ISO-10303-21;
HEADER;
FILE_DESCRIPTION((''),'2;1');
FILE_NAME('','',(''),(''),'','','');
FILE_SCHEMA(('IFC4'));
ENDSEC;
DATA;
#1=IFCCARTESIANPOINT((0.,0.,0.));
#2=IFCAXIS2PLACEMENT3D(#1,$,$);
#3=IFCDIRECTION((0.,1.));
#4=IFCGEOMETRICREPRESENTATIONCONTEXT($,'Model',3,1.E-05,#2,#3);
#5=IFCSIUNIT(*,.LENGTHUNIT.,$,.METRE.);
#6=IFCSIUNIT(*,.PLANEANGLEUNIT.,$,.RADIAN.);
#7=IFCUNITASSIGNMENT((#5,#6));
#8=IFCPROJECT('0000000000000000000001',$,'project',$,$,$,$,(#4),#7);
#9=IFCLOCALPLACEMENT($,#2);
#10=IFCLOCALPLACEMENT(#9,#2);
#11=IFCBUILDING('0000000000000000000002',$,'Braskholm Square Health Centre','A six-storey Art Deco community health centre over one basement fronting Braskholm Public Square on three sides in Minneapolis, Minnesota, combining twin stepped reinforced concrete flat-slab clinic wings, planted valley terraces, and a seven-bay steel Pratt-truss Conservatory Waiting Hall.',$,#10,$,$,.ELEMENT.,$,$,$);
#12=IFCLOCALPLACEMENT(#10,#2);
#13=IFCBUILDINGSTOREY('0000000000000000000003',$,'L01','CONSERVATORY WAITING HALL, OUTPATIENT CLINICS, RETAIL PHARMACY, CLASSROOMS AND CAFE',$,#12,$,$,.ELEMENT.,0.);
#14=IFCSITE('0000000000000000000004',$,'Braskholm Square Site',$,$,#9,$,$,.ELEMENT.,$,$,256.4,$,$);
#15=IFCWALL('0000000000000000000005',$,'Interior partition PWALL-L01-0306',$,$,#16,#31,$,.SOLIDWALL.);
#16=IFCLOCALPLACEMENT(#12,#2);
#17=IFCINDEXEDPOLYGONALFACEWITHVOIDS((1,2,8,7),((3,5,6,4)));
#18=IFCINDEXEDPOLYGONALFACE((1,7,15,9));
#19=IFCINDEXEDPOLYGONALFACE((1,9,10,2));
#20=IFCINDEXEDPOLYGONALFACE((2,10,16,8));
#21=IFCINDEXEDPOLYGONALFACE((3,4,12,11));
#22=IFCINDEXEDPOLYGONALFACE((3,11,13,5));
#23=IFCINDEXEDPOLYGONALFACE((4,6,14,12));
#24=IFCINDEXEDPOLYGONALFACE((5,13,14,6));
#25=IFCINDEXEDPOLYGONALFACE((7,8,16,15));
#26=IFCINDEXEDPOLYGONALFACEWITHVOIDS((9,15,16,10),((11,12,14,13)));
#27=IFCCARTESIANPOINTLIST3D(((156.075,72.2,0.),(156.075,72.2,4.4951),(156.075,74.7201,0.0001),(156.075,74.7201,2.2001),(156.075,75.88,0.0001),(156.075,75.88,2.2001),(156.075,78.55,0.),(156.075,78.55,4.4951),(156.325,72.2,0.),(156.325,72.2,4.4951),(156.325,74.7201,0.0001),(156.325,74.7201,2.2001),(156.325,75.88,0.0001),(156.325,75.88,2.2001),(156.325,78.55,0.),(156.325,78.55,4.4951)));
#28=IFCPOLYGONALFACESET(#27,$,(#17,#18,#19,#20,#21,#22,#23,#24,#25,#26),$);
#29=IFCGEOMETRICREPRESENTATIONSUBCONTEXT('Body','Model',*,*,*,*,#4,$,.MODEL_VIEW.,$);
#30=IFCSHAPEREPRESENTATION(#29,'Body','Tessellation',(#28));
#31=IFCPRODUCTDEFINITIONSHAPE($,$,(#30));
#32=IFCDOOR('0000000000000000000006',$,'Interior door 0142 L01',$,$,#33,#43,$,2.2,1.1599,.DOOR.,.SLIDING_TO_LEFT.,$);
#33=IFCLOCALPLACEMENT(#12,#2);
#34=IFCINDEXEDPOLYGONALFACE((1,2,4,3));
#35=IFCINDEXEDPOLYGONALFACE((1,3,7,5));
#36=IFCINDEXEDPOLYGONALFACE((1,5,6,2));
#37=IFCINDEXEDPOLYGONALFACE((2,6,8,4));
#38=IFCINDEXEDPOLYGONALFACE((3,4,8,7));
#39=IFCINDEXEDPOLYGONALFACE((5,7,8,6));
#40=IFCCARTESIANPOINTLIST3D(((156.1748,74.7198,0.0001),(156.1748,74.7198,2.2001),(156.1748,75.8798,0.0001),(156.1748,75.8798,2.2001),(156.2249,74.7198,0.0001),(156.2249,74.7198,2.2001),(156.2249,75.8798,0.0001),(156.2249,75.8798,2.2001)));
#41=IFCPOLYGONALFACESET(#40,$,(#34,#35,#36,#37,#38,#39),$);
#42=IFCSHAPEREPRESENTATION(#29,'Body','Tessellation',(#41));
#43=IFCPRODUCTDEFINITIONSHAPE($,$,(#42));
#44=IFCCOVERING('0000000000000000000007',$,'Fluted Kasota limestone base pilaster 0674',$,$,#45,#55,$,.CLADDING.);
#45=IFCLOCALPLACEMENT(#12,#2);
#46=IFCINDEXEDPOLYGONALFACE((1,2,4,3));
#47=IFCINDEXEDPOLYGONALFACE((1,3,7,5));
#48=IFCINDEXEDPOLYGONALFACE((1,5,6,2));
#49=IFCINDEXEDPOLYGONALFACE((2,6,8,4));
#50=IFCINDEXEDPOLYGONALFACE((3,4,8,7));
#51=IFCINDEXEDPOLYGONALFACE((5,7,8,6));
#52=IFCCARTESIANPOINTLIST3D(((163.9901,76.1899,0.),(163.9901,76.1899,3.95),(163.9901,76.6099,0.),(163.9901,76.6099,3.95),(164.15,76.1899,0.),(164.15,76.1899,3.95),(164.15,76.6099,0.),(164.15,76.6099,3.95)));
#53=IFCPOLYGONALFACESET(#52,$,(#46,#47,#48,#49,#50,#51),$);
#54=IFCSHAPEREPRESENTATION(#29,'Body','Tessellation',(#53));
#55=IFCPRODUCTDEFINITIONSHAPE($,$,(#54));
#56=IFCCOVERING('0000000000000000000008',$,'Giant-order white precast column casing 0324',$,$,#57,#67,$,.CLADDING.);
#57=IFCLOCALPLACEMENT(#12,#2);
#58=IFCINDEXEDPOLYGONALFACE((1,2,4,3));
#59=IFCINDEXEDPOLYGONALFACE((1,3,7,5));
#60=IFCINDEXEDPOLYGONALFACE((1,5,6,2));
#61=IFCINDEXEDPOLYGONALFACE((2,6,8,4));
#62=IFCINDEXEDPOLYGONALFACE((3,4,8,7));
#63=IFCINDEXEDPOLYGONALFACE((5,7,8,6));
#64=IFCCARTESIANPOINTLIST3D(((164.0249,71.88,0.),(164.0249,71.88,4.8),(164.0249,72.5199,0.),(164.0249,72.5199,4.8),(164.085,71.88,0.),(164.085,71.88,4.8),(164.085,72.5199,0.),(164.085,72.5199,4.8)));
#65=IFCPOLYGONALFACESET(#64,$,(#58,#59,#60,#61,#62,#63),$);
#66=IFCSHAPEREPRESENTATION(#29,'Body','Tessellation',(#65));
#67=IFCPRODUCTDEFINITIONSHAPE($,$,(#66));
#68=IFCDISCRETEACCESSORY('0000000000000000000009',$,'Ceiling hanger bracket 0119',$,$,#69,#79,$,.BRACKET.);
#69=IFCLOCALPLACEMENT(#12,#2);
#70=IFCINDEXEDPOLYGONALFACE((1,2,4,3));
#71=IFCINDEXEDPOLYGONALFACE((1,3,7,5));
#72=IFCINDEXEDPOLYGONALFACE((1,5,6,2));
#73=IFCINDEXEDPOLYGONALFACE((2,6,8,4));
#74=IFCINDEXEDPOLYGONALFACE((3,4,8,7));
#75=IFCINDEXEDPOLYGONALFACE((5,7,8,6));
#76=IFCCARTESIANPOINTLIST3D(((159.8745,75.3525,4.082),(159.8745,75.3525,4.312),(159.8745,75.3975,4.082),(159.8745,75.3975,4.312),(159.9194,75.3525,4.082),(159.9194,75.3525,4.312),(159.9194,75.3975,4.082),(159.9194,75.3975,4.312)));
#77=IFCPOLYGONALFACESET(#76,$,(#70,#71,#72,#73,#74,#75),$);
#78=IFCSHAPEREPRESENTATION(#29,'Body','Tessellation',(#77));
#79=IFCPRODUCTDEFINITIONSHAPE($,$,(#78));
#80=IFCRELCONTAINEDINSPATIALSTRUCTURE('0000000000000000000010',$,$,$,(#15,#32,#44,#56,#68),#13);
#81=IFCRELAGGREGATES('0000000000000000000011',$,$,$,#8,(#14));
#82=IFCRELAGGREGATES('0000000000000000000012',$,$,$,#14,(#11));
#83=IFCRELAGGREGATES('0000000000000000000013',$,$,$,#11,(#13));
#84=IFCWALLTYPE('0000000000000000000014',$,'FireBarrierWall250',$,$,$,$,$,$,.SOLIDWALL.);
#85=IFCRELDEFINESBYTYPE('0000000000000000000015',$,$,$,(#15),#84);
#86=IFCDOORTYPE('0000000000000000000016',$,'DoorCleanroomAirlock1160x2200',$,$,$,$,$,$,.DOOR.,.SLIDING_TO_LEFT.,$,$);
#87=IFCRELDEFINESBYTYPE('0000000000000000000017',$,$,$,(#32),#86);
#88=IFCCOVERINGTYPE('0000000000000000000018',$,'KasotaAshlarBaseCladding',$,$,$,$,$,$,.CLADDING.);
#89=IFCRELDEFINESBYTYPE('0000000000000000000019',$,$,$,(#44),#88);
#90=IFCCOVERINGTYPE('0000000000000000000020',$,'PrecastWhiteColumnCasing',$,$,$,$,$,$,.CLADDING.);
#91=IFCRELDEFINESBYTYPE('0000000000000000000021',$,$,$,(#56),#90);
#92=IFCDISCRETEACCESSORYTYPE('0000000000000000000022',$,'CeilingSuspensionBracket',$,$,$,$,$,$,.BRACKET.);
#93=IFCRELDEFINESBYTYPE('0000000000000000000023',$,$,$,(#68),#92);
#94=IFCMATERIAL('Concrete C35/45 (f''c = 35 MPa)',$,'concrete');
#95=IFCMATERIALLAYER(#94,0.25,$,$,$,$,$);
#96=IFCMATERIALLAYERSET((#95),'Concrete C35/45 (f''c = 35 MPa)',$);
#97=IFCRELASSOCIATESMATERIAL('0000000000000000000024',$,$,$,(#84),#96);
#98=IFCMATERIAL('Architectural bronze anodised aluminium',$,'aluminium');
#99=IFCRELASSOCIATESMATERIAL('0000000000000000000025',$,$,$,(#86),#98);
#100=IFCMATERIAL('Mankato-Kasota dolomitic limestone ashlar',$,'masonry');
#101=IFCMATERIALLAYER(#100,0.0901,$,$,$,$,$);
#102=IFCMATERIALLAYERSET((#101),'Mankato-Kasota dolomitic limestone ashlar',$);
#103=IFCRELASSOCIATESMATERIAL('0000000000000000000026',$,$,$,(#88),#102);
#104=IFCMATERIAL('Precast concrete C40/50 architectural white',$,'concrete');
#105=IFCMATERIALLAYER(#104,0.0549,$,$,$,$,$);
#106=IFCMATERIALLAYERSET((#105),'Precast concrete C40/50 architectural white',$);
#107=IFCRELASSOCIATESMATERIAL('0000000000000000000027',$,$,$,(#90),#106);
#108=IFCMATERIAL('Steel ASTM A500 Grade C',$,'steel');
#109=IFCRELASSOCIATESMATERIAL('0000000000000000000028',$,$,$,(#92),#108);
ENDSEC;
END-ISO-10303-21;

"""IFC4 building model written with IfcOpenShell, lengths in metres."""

from ifc_helpers import new_model, si_unit, direction, frame, frame_2d, origin, origin_2d, place, context, subcontext, project, spatial, rectangle, extrude, material, layer, layer_set, type_object, element, fill, save


model = new_model("IFC4")

# Units and contexts
model_context = context("Model", 3, precision=1e-05, world=origin(), true_north=direction((0.0, 1.0)))
body_context = subcontext(model_context, "Body", "Model", "MODEL_VIEW")
ifc_project = project(units=[si_unit("LENGTHUNIT", "METRE"), si_unit("PLANEANGLEUNIT", "RADIAN")], contexts=[model_context])

# Site, building, storey
site_placement = place(None, origin())
site = spatial("IfcSite", under=ifc_project, at=site_placement, Name="Braskholm Square Site", CompositionType="ELEMENT", RefElevation=256.4)
building_placement = place(site_placement, origin())
building = spatial("IfcBuilding", under=site, at=building_placement, Name="Braskholm Square Health Centre", Description="A six-storey Art Deco community health centre over one basement fronting Braskholm Public Square on three sides in Minneapolis, Minnesota, combining twin stepped reinforced concrete flat-slab clinic wings, planted valley terraces, and a seven-bay steel Pratt-truss Conservatory Waiting Hall.", CompositionType="ELEMENT")
storey_placement = place(building_placement, origin())
storey = spatial("IfcBuildingStorey", under=building, at=storey_placement, Name="L01", Description="CONSERVATORY WAITING HALL, OUTPATIENT CLINICS, RETAIL PHARMACY, CLASSROOMS AND CAFE", CompositionType="ELEMENT", Elevation=0.0)

# Shared definitions
ifc_material_1 = material(Name="Precast concrete C40/50 architectural white", Category="concrete")

# Shared definitions
ifc_material_2 = material(Name="Architectural bronze anodised aluminium", Category="aluminium")

# Shared definitions
ifc_material_3 = material(Name="Mankato-Kasota dolomitic limestone ashlar", Category="masonry")

# Shared definitions
ifc_material_4 = material(Name="Concrete C35/45 (f'c = 35 MPa)", Category="concrete")
ifc_layer_1 = layer(ifc_material_4, 0.25)
ifc_layer_set_1 = layer_set([ifc_layer_1], Name="Concrete C35/45 (f'c = 35 MPa)")
wall_type_1 = type_object("IfcWallType", Name="FireBarrierWall250", PredefinedType="SOLIDWALL", material=ifc_layer_set_1)

# Wall, opening, door
wall_1_placement = place(storey_placement, frame((156.2, 72.2, 0.0), z_axis=(0.0, 0.0, 1.0), x_axis=(0.0, 1.0, 0.0)))
wall_1 = element("IfcWall", 1, at=wall_1_placement, inside=storey, type_object=wall_type_1, Name="Interior partition PWALL-L01-0306", PredefinedType="SOLIDWALL", context=body_context, shape_type="SweptSolid", body=[
    extrude(rectangle(XDim=6.3501, YDim=0.25, at=frame_2d((3.175, 0.0))), origin(), (0.0, 0.0, 1.0), 4.4951),
])
opening_1_placement = place(wall_1_placement, frame((2.52, 0.0, 0.0)))
opening_1 = element("IfcOpeningElement", 2, at=opening_1_placement, cuts=wall_1, PredefinedType="OPENING", context=body_context, shape_type="SweptSolid", body=[
    extrude(rectangle(XDim=1.1599, YDim=2.2, at=frame_2d((0.5801, 1.1001))), frame((0.0, 0.135, 0.0), z_axis=(0.0, -1.0, 0.0), x_axis=(1.0, 0.0, 0.0)), (0.0, 0.0, 1.0), 0.27),
])
door_type = type_object("IfcDoorType", Name="DoorCleanroomAirlock1160x2200", OperationType="SLIDING_TO_LEFT", PredefinedType="DOOR", material=ifc_material_2)
door_placement = place(opening_1_placement, frame((1.1599, 0.0, 0.0), z_axis=(0.0, 0.0, 1.0), x_axis=(-1.0, 0.0, 0.0)))
door = element("IfcDoor", 3, at=door_placement, inside=storey, type_object=door_type, Name="Interior door 0142 L01", OperationType="SLIDING_TO_LEFT", OverallHeight=2.2, OverallWidth=1.1599, PredefinedType="DOOR", context=body_context, shape_type="SweptSolid", body=[
    extrude(rectangle(XDim=1.1599, YDim=2.2, at=frame_2d((0.5801, 1.1001))), frame((0.0, 0.0249, 0.0), z_axis=(0.0, -1.0, 0.0), x_axis=(1.0, 0.0, 0.0)), (0.0, 0.0, 1.0), 0.05),
])
fill(opening_1, door)

# Coverings
ifc_layer_2 = layer(ifc_material_3, 0.0901)
ifc_layer_set_2 = layer_set([ifc_layer_2], Name="Mankato-Kasota dolomitic limestone ashlar")
covering_type_1 = type_object("IfcCoveringType", Name="KasotaAshlarBaseCladding", PredefinedType="CLADDING", material=ifc_layer_set_2)
covering_1_placement = place(storey_placement, frame((164.0701, 76.3999, 0.0), z_axis=(0.0, 0.0, 1.0), x_axis=(1.0, 0.0, 0.0)))
element("IfcCovering", 4, at=covering_1_placement, inside=storey, type_object=covering_type_1, Name="Fluted Kasota limestone base pilaster 0674", PredefinedType="CLADDING", context=body_context, shape_type="SweptSolid", body=[
    extrude(rectangle(XDim=0.1599, YDim=0.4199, at=origin_2d()), origin(), (0.0, 0.0, 1.0), 3.95),
])
ifc_layer_3 = layer(ifc_material_1, 0.0549)
ifc_layer_set_3 = layer_set([ifc_layer_3], Name="Precast concrete C40/50 architectural white")
covering_type_2 = type_object("IfcCoveringType", Name="PrecastWhiteColumnCasing", PredefinedType="CLADDING", material=ifc_layer_set_3)
covering_2_placement = place(storey_placement, frame((164.0549, 72.2, 0.0), z_axis=(0.0, 0.0, 1.0), x_axis=(1.0, 0.0, 0.0)))
element("IfcCovering", 5, at=covering_2_placement, inside=storey, type_object=covering_type_2, Name="Giant-order white precast column casing 0324", PredefinedType="CLADDING", context=body_context, shape_type="SweptSolid", body=[
    extrude(rectangle(XDim=0.0601, YDim=0.6399, at=origin_2d()), origin(), (0.0, 0.0, 1.0), 4.8),
])

# Discrete accessory
ifc_material_5 = material(Name="Steel ASTM A500 Grade C", Category="steel")
discrete_accessory_type = type_object("IfcDiscreteAccessoryType", Name="CeilingSuspensionBracket", PredefinedType="BRACKET", material=ifc_material_5)
discrete_accessory_placement = place(storey_placement, frame((159.897, 75.375, 4.082), z_axis=(0.0, 0.0, 1.0), x_axis=(1.0, 0.0, 0.0)))
element("IfcDiscreteAccessory", 6, at=discrete_accessory_placement, inside=storey, type_object=discrete_accessory_type, Name="Ceiling hanger bracket 0119", PredefinedType="BRACKET", context=body_context, shape_type="SweptSolid", body=[
    extrude(rectangle(XDim=0.0449, YDim=0.0449, at=origin_2d()), origin(), (0.0, 0.0, 1.0), 0.23),
])

save(model, "model.ifc")
